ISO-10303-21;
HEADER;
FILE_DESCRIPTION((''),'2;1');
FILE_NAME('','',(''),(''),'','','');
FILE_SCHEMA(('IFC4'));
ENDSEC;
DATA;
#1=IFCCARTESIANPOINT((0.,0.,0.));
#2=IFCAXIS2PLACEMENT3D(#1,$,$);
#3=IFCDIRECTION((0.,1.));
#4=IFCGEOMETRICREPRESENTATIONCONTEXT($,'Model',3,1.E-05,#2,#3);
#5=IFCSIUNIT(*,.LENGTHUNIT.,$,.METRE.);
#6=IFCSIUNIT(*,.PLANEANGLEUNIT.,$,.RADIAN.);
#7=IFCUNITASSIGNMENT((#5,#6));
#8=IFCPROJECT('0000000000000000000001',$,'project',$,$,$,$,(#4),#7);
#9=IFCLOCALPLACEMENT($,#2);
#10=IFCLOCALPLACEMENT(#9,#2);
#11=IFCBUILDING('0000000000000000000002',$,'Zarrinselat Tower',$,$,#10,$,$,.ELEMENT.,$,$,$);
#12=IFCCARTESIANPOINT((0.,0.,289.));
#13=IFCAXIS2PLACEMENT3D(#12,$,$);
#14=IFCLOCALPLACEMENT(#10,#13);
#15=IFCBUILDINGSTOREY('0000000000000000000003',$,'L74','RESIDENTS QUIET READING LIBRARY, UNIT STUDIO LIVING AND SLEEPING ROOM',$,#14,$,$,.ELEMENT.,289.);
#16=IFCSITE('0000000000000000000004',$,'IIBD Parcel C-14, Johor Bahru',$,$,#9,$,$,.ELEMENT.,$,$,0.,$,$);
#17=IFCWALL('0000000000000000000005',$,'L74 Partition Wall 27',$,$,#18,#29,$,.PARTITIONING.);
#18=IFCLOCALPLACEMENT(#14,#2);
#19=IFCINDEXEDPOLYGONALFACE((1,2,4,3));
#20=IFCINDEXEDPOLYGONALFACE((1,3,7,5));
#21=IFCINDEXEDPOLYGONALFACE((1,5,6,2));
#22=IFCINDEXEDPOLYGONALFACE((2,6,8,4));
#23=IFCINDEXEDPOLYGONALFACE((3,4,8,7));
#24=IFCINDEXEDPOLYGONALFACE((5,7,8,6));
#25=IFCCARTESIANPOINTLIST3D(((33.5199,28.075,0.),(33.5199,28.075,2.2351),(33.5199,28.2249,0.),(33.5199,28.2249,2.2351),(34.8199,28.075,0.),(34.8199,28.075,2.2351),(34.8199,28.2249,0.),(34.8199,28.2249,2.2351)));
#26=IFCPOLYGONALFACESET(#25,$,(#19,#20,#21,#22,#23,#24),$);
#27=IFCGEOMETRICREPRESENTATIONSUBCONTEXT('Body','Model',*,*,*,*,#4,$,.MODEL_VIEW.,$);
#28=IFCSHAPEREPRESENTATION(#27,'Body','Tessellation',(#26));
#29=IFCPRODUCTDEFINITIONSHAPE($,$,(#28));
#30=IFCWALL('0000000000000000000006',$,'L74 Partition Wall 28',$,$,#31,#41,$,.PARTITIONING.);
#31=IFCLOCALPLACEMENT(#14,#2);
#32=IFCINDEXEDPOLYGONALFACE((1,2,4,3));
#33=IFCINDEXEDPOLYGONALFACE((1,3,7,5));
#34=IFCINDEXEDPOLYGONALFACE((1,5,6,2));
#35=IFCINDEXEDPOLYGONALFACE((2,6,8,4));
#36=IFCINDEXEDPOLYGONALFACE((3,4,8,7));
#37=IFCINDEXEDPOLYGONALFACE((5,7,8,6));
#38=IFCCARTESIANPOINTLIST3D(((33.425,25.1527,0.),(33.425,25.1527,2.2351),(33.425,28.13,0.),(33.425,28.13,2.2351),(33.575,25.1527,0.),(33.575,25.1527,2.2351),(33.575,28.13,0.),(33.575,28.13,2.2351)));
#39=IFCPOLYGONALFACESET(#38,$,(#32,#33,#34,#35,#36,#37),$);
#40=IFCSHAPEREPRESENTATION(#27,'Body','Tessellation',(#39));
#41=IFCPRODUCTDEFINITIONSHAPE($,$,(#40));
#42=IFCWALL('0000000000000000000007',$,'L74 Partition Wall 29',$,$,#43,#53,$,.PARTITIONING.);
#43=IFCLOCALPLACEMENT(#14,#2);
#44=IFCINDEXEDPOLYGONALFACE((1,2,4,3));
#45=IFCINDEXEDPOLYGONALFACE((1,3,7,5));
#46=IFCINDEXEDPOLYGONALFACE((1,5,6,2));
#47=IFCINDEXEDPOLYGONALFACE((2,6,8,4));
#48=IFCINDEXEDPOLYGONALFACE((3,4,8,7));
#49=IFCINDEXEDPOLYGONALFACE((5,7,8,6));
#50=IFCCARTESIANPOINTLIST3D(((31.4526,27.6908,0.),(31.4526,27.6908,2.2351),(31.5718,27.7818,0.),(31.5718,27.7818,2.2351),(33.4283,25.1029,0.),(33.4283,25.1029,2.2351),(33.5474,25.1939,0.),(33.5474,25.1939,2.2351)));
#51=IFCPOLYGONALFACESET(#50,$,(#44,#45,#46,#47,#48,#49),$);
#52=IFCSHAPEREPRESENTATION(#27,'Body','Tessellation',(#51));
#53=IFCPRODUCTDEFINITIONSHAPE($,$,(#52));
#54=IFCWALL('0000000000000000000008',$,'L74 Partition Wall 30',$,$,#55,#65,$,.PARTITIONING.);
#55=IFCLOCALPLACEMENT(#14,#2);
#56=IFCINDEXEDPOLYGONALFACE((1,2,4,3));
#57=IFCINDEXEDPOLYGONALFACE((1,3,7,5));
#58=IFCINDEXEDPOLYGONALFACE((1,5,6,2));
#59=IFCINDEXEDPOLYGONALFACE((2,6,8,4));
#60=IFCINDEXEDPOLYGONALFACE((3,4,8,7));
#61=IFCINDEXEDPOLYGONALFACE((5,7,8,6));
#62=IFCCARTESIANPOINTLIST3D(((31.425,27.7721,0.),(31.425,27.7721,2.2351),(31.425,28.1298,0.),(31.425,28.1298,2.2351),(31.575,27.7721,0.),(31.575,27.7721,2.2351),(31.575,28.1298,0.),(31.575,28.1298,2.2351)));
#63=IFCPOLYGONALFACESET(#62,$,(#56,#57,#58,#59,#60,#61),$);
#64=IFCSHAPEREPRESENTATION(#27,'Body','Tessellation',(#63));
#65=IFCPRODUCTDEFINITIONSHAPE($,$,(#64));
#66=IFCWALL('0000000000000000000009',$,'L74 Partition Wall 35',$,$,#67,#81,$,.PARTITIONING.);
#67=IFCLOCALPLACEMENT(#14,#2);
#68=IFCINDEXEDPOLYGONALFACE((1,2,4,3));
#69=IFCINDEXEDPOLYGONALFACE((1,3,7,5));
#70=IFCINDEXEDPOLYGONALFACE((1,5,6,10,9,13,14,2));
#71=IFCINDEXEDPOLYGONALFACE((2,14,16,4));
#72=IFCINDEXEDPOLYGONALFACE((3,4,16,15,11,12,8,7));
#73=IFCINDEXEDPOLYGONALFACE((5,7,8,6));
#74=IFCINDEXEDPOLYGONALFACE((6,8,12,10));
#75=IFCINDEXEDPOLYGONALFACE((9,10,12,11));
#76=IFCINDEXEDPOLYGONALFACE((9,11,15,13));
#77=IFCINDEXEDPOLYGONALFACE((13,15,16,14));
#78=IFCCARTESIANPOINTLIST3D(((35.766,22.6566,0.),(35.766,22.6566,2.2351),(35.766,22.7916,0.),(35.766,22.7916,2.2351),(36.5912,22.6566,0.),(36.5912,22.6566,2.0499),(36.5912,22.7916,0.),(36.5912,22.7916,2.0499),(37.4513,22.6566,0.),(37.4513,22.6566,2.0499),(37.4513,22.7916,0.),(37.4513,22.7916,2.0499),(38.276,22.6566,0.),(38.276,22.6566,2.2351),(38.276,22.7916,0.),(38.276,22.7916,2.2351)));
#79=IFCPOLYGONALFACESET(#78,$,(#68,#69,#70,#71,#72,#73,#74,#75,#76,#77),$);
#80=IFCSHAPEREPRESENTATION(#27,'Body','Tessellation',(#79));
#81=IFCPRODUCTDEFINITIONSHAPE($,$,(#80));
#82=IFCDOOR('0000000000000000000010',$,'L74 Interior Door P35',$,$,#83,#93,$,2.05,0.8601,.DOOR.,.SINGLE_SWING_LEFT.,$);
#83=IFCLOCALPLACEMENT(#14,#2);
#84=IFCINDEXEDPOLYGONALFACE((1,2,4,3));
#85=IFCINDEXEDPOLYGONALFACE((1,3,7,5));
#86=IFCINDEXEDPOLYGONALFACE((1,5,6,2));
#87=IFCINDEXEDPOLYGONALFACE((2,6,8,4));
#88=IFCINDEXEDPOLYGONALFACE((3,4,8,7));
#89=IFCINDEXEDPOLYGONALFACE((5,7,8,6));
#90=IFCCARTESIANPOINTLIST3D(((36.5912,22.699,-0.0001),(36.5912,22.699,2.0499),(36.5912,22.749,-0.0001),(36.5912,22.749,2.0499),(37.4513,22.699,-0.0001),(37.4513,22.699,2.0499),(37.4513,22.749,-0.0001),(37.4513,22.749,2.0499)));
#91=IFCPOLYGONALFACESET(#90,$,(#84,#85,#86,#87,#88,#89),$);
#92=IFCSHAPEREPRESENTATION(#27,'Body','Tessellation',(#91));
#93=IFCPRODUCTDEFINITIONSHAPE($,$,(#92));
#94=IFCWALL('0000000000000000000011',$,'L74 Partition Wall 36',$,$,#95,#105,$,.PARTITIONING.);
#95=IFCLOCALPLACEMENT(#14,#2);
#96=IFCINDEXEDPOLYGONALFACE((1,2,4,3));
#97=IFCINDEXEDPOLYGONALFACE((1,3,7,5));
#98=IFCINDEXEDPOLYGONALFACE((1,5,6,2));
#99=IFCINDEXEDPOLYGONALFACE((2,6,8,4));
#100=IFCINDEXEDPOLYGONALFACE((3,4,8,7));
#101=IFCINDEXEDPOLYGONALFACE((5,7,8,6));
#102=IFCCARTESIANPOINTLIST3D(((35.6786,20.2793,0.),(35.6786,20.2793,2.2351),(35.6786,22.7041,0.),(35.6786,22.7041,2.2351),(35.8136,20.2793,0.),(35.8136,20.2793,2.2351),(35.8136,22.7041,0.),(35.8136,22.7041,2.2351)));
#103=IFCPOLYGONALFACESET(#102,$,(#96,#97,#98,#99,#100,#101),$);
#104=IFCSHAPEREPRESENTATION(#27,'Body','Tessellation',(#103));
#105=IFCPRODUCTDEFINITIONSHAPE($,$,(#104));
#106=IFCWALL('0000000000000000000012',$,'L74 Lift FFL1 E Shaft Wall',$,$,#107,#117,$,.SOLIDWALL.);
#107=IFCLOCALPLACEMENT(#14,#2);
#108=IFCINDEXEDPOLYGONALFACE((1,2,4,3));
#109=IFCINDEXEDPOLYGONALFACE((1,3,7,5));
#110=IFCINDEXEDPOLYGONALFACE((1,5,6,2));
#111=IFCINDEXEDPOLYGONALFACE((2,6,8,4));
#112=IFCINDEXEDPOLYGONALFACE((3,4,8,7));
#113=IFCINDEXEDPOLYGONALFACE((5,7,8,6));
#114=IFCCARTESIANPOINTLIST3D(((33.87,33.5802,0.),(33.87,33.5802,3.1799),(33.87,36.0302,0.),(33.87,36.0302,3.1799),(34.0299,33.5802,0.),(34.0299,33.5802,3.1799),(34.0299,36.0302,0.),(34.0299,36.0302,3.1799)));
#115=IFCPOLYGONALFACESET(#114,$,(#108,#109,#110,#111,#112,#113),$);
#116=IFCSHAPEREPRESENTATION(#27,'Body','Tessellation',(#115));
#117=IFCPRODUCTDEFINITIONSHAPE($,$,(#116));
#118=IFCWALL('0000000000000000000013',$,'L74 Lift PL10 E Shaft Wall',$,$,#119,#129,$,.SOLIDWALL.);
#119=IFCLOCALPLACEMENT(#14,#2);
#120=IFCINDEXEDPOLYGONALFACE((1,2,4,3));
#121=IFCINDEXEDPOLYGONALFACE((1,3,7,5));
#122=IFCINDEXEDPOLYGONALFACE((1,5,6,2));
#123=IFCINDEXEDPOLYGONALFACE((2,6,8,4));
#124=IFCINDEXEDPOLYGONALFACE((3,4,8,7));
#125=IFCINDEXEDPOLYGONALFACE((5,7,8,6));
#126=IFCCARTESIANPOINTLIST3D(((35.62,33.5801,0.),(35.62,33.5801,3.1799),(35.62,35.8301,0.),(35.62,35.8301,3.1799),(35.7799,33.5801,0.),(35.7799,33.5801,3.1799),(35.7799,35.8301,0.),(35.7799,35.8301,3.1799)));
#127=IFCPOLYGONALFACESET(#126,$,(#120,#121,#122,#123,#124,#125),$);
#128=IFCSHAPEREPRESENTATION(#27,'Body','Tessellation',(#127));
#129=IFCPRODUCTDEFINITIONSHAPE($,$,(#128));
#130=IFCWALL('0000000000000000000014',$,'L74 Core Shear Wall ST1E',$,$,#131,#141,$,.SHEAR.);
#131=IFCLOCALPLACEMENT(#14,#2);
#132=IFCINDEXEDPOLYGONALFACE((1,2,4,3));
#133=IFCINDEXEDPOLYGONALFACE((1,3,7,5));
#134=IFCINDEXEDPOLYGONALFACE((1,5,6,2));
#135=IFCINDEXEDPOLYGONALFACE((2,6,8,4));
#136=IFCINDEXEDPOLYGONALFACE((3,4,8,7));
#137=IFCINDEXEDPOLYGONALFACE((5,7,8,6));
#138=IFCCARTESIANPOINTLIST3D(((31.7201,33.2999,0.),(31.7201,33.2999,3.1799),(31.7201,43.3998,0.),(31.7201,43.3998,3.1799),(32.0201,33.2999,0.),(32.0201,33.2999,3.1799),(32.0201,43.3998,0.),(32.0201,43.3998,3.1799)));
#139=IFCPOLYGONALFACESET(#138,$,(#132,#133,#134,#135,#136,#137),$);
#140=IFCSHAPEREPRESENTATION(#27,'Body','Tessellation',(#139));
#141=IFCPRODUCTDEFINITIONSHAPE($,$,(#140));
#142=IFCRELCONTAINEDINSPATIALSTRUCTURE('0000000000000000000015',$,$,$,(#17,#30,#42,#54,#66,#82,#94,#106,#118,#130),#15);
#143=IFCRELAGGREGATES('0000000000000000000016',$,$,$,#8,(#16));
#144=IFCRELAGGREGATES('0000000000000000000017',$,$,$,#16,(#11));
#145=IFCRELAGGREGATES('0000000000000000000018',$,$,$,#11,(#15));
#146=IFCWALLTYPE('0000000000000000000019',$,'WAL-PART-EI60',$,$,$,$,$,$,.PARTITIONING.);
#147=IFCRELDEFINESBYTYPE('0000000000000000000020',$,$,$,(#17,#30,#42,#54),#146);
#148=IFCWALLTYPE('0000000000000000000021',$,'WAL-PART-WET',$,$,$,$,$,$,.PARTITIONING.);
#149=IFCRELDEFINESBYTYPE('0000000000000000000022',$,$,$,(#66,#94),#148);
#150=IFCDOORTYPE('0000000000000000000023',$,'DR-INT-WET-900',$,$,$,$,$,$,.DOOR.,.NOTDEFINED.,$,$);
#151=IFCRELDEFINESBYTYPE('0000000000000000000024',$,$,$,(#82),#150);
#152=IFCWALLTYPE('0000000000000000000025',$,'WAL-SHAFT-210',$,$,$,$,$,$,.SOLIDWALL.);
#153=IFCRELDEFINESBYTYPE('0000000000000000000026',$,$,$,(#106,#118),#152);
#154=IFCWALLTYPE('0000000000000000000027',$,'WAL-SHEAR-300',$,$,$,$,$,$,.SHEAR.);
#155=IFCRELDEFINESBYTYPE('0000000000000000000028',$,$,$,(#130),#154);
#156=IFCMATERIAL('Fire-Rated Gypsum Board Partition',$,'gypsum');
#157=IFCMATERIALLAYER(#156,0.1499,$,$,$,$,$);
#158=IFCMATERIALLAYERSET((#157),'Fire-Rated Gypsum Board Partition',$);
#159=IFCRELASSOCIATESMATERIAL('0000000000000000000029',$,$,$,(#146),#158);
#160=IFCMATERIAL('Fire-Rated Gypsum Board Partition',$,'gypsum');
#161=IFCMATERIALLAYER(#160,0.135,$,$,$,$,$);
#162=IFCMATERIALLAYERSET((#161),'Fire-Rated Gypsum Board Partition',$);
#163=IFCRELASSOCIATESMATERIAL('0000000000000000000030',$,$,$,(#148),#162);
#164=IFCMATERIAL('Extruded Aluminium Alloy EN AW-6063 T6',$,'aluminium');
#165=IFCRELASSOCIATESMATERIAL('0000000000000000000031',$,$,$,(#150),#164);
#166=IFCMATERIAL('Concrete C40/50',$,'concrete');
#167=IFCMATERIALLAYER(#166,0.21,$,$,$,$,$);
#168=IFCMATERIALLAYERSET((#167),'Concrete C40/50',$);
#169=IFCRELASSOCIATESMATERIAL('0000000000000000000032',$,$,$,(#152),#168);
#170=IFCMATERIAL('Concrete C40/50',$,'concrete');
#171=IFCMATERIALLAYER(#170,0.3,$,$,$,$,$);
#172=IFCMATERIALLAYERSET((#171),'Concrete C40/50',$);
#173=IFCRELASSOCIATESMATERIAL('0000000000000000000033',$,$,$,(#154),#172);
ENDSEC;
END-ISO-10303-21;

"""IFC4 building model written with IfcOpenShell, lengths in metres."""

from ifc_helpers import new_model, si_unit, direction, frame, frame_2d, origin, place, context, subcontext, project, spatial, rectangle, extrude, material, layer, layer_set, type_object, element, fill, save


model = new_model("IFC4")

# Units and contexts
model_context = context("Model", 3, precision=1e-05, world=origin(), true_north=direction((0.0, 1.0)))
body_context = subcontext(model_context, "Body", "Model", "MODEL_VIEW")
ifc_project = project(units=[si_unit("LENGTHUNIT", "METRE"), si_unit("PLANEANGLEUNIT", "RADIAN")], contexts=[model_context])

# Site, building, storey
site_placement = place(None, origin())
site = spatial("IfcSite", under=ifc_project, at=site_placement, Name="IIBD Parcel C-14, Johor Bahru", CompositionType="ELEMENT", RefElevation=0.0)
building_placement = place(site_placement, origin())
building = spatial("IfcBuilding", under=site, at=building_placement, Name="Zarrinselat Tower", CompositionType="ELEMENT")
storey_placement = place(building_placement, frame((0.0, 0.0, 289.0)))
storey = spatial("IfcBuildingStorey", under=building, at=storey_placement, Name="L74", Description="RESIDENTS QUIET READING LIBRARY, UNIT STUDIO LIVING AND SLEEPING ROOM", CompositionType="ELEMENT", Elevation=289.0)

# Walls
ifc_material_1 = material(Name="Fire-Rated Gypsum Board Partition", Category="gypsum")
ifc_layer_1 = layer(ifc_material_1, 0.1499)
ifc_layer_set_1 = layer_set([ifc_layer_1], Name="Fire-Rated Gypsum Board Partition")
wall_type_1 = type_object("IfcWallType", Name="WAL-PART-EI60", PredefinedType="PARTITIONING", material=ifc_layer_set_1)
wall_1_placement = place(storey_placement, frame((33.52, 28.1499, 0.0), z_axis=(0.0, 0.0, 1.0), x_axis=(1.0, 0.0, 0.0)))
element("IfcWall", 1, at=wall_1_placement, inside=storey, type_object=wall_type_1, Name="L74 Partition Wall 27", PredefinedType="PARTITIONING", context=body_context, shape_type="SweptSolid", body=[
    extrude(rectangle(XDim=1.3, YDim=0.1499, at=frame_2d((0.6499, 0.0))), origin(), (0.0, 0.0, 1.0), 2.2351),
])
wall_2_placement = place(storey_placement, frame((33.5, 25.1526, 0.0), z_axis=(0.0, 0.0, 1.0), x_axis=(0.0, 1.0, 0.0)))
element("IfcWall", 2, at=wall_2_placement, inside=storey, type_object=wall_type_1, Name="L74 Partition Wall 28", PredefinedType="PARTITIONING", context=body_context, shape_type="SweptSolid", body=[
    extrude(rectangle(XDim=2.9773, YDim=0.1499, at=frame_2d((1.4888, 0.0))), origin(), (0.0, 0.0, 1.0), 2.2351),
])
wall_3_placement = place(storey_placement, frame((31.5122, 27.7363, 0.0), z_axis=(0.0, 0.0, 1.0), x_axis=(0.606793, -0.79486, 0.0)))
element("IfcWall", 3, at=wall_3_placement, inside=storey, type_object=wall_type_1, Name="L74 Partition Wall 29", PredefinedType="PARTITIONING", context=body_context, shape_type="SweptSolid", body=[
    extrude(rectangle(XDim=3.2559, YDim=0.1499, at=frame_2d((1.6279, 0.0))), origin(), (0.0, 0.0, 1.0), 2.2351),
])
wall_4_placement = place(storey_placement, frame((31.5, 27.7722, 0.0), z_axis=(0.0, 0.0, 1.0), x_axis=(0.0, 1.0, 0.0)))
element("IfcWall", 4, at=wall_4_placement, inside=storey, type_object=wall_type_1, Name="L74 Partition Wall 30", PredefinedType="PARTITIONING", context=body_context, shape_type="SweptSolid", body=[
    extrude(rectangle(XDim=0.3577, YDim=0.1499, at=frame_2d((0.1787, 0.0))), origin(), (0.0, 0.0, 1.0), 2.2351),
])

# Wall, opening, door
ifc_material_2 = material(Name="Fire-Rated Gypsum Board Partition", Category="gypsum")
ifc_layer_2 = layer(ifc_material_2, 0.135)
ifc_layer_set_2 = layer_set([ifc_layer_2], Name="Fire-Rated Gypsum Board Partition")
wall_type_2 = type_object("IfcWallType", Name="WAL-PART-WET", PredefinedType="PARTITIONING", material=ifc_layer_set_2)
wall_5_placement = place(storey_placement, frame((35.7661, 22.7241, 0.0), z_axis=(0.0, 0.0, 1.0), x_axis=(1.0, 0.0, 0.0)))
wall_5 = element("IfcWall", 5, at=wall_5_placement, inside=storey, type_object=wall_type_2, Name="L74 Partition Wall 35", PredefinedType="PARTITIONING", context=body_context, shape_type="SweptSolid", body=[
    extrude(rectangle(XDim=2.51, YDim=0.135, at=frame_2d((1.2549, 0.0))), origin(), (0.0, 0.0, 1.0), 2.2351),
])
opening_placement = place(wall_5_placement, frame((0.825, 0.0, 0.0)))
opening = element("IfcOpeningElement", 6, at=opening_placement, cuts=wall_5, PredefinedType="OPENING", context=body_context, shape_type="SweptSolid", body=[
    extrude(rectangle(XDim=0.8601, YDim=2.05, at=frame_2d((0.4302, 1.0249))), frame((0.0, 0.0774, 0.0), z_axis=(0.0, -1.0, 0.0), x_axis=(1.0, 0.0, 0.0)), (0.0, 0.0, 1.0), 0.155),
])
ifc_material_3 = material(Name="Extruded Aluminium Alloy EN AW-6063 T6", Category="aluminium")
door_type = type_object("IfcDoorType", Name="DR-INT-WET-900", OperationType="NOTDEFINED", PredefinedType="DOOR", material=ifc_material_3)
door_placement = place(opening_placement, origin())
door = element("IfcDoor", 7, at=door_placement, inside=storey, type_object=door_type, Name="L74 Interior Door P35", OperationType="SINGLE_SWING_LEFT", OverallHeight=2.05, OverallWidth=0.8601, PredefinedType="DOOR", context=body_context, shape_type="SweptSolid", body=[
    extrude(rectangle(XDim=0.8601, YDim=2.05, at=frame_2d((0.4302, 1.0249))), frame((0.0, 0.0249, 0.0), z_axis=(0.0, -1.0, 0.0), x_axis=(1.0, 0.0, 0.0)), (0.0, 0.0, 1.0), 0.05),
])
fill(opening, door)

# Walls
wall_6_placement = place(storey_placement, frame((35.7461, 20.2793, 0.0), z_axis=(0.0, 0.0, 1.0), x_axis=(0.0, 1.0, 0.0)))
element("IfcWall", 8, at=wall_6_placement, inside=storey, type_object=wall_type_2, Name="L74 Partition Wall 36", PredefinedType="PARTITIONING", context=body_context, shape_type="SweptSolid", body=[
    extrude(rectangle(XDim=2.4248, YDim=0.135, at=frame_2d((1.2124, 0.0))), origin(), (0.0, 0.0, 1.0), 2.2351),
])
ifc_material_4 = material(Name="Concrete C40/50", Category="concrete")
ifc_layer_3 = layer(ifc_material_4, 0.21)
ifc_layer_set_3 = layer_set([ifc_layer_3], Name="Concrete C40/50")
wall_type_3 = type_object("IfcWallType", Name="WAL-SHAFT-210", PredefinedType="SOLIDWALL", material=ifc_layer_set_3)
wall_7_placement = place(storey_placement, frame((33.95, 33.5801, 0.0), z_axis=(0.0, 0.0, 1.0), x_axis=(0.0, 1.0, 0.0)))
element("IfcWall", 9, at=wall_7_placement, inside=storey, type_object=wall_type_3, Name="L74 Lift FFL1 E Shaft Wall", PredefinedType="SOLIDWALL", context=body_context, shape_type="SweptSolid", body=[
    extrude(rectangle(XDim=2.45, YDim=0.1599, at=frame_2d((1.2251, 0.0))), origin(), (0.0, 0.0, 1.0), 3.1799),
])
wall_8_placement = place(storey_placement, frame((35.7, 33.5801, 0.0), z_axis=(0.0, 0.0, 1.0), x_axis=(0.0, 1.0, 0.0)))
element("IfcWall", 10, at=wall_8_placement, inside=storey, type_object=wall_type_3, Name="L74 Lift PL10 E Shaft Wall", PredefinedType="SOLIDWALL", context=body_context, shape_type="SweptSolid", body=[
    extrude(rectangle(XDim=2.25, YDim=0.1599, at=frame_2d((1.125, 0.0))), origin(), (0.0, 0.0, 1.0), 3.1799),
])
ifc_material_5 = material(Name="Concrete C40/50", Category="concrete")
ifc_layer_4 = layer(ifc_material_5, 0.3)
ifc_layer_set_4 = layer_set([ifc_layer_4], Name="Concrete C40/50")
wall_type_4 = type_object("IfcWallType", Name="WAL-SHEAR-300", PredefinedType="SHEAR", material=ifc_layer_set_4)
wall_9_placement = place(storey_placement, frame((31.8701, 33.3, 0.0), z_axis=(0.0, 0.0, 1.0), x_axis=(0.0, 1.0, 0.0)))
element("IfcWall", 11, at=wall_9_placement, inside=storey, type_object=wall_type_4, Name="L74 Core Shear Wall ST1E", PredefinedType="SHEAR", context=body_context, shape_type="SweptSolid", body=[
    extrude(rectangle(XDim=10.0999, YDim=0.3, at=frame_2d((5.0498, 0.0))), origin(), (0.0, 0.0, 1.0), 3.1799),
])

save(model, "model.ifc")
